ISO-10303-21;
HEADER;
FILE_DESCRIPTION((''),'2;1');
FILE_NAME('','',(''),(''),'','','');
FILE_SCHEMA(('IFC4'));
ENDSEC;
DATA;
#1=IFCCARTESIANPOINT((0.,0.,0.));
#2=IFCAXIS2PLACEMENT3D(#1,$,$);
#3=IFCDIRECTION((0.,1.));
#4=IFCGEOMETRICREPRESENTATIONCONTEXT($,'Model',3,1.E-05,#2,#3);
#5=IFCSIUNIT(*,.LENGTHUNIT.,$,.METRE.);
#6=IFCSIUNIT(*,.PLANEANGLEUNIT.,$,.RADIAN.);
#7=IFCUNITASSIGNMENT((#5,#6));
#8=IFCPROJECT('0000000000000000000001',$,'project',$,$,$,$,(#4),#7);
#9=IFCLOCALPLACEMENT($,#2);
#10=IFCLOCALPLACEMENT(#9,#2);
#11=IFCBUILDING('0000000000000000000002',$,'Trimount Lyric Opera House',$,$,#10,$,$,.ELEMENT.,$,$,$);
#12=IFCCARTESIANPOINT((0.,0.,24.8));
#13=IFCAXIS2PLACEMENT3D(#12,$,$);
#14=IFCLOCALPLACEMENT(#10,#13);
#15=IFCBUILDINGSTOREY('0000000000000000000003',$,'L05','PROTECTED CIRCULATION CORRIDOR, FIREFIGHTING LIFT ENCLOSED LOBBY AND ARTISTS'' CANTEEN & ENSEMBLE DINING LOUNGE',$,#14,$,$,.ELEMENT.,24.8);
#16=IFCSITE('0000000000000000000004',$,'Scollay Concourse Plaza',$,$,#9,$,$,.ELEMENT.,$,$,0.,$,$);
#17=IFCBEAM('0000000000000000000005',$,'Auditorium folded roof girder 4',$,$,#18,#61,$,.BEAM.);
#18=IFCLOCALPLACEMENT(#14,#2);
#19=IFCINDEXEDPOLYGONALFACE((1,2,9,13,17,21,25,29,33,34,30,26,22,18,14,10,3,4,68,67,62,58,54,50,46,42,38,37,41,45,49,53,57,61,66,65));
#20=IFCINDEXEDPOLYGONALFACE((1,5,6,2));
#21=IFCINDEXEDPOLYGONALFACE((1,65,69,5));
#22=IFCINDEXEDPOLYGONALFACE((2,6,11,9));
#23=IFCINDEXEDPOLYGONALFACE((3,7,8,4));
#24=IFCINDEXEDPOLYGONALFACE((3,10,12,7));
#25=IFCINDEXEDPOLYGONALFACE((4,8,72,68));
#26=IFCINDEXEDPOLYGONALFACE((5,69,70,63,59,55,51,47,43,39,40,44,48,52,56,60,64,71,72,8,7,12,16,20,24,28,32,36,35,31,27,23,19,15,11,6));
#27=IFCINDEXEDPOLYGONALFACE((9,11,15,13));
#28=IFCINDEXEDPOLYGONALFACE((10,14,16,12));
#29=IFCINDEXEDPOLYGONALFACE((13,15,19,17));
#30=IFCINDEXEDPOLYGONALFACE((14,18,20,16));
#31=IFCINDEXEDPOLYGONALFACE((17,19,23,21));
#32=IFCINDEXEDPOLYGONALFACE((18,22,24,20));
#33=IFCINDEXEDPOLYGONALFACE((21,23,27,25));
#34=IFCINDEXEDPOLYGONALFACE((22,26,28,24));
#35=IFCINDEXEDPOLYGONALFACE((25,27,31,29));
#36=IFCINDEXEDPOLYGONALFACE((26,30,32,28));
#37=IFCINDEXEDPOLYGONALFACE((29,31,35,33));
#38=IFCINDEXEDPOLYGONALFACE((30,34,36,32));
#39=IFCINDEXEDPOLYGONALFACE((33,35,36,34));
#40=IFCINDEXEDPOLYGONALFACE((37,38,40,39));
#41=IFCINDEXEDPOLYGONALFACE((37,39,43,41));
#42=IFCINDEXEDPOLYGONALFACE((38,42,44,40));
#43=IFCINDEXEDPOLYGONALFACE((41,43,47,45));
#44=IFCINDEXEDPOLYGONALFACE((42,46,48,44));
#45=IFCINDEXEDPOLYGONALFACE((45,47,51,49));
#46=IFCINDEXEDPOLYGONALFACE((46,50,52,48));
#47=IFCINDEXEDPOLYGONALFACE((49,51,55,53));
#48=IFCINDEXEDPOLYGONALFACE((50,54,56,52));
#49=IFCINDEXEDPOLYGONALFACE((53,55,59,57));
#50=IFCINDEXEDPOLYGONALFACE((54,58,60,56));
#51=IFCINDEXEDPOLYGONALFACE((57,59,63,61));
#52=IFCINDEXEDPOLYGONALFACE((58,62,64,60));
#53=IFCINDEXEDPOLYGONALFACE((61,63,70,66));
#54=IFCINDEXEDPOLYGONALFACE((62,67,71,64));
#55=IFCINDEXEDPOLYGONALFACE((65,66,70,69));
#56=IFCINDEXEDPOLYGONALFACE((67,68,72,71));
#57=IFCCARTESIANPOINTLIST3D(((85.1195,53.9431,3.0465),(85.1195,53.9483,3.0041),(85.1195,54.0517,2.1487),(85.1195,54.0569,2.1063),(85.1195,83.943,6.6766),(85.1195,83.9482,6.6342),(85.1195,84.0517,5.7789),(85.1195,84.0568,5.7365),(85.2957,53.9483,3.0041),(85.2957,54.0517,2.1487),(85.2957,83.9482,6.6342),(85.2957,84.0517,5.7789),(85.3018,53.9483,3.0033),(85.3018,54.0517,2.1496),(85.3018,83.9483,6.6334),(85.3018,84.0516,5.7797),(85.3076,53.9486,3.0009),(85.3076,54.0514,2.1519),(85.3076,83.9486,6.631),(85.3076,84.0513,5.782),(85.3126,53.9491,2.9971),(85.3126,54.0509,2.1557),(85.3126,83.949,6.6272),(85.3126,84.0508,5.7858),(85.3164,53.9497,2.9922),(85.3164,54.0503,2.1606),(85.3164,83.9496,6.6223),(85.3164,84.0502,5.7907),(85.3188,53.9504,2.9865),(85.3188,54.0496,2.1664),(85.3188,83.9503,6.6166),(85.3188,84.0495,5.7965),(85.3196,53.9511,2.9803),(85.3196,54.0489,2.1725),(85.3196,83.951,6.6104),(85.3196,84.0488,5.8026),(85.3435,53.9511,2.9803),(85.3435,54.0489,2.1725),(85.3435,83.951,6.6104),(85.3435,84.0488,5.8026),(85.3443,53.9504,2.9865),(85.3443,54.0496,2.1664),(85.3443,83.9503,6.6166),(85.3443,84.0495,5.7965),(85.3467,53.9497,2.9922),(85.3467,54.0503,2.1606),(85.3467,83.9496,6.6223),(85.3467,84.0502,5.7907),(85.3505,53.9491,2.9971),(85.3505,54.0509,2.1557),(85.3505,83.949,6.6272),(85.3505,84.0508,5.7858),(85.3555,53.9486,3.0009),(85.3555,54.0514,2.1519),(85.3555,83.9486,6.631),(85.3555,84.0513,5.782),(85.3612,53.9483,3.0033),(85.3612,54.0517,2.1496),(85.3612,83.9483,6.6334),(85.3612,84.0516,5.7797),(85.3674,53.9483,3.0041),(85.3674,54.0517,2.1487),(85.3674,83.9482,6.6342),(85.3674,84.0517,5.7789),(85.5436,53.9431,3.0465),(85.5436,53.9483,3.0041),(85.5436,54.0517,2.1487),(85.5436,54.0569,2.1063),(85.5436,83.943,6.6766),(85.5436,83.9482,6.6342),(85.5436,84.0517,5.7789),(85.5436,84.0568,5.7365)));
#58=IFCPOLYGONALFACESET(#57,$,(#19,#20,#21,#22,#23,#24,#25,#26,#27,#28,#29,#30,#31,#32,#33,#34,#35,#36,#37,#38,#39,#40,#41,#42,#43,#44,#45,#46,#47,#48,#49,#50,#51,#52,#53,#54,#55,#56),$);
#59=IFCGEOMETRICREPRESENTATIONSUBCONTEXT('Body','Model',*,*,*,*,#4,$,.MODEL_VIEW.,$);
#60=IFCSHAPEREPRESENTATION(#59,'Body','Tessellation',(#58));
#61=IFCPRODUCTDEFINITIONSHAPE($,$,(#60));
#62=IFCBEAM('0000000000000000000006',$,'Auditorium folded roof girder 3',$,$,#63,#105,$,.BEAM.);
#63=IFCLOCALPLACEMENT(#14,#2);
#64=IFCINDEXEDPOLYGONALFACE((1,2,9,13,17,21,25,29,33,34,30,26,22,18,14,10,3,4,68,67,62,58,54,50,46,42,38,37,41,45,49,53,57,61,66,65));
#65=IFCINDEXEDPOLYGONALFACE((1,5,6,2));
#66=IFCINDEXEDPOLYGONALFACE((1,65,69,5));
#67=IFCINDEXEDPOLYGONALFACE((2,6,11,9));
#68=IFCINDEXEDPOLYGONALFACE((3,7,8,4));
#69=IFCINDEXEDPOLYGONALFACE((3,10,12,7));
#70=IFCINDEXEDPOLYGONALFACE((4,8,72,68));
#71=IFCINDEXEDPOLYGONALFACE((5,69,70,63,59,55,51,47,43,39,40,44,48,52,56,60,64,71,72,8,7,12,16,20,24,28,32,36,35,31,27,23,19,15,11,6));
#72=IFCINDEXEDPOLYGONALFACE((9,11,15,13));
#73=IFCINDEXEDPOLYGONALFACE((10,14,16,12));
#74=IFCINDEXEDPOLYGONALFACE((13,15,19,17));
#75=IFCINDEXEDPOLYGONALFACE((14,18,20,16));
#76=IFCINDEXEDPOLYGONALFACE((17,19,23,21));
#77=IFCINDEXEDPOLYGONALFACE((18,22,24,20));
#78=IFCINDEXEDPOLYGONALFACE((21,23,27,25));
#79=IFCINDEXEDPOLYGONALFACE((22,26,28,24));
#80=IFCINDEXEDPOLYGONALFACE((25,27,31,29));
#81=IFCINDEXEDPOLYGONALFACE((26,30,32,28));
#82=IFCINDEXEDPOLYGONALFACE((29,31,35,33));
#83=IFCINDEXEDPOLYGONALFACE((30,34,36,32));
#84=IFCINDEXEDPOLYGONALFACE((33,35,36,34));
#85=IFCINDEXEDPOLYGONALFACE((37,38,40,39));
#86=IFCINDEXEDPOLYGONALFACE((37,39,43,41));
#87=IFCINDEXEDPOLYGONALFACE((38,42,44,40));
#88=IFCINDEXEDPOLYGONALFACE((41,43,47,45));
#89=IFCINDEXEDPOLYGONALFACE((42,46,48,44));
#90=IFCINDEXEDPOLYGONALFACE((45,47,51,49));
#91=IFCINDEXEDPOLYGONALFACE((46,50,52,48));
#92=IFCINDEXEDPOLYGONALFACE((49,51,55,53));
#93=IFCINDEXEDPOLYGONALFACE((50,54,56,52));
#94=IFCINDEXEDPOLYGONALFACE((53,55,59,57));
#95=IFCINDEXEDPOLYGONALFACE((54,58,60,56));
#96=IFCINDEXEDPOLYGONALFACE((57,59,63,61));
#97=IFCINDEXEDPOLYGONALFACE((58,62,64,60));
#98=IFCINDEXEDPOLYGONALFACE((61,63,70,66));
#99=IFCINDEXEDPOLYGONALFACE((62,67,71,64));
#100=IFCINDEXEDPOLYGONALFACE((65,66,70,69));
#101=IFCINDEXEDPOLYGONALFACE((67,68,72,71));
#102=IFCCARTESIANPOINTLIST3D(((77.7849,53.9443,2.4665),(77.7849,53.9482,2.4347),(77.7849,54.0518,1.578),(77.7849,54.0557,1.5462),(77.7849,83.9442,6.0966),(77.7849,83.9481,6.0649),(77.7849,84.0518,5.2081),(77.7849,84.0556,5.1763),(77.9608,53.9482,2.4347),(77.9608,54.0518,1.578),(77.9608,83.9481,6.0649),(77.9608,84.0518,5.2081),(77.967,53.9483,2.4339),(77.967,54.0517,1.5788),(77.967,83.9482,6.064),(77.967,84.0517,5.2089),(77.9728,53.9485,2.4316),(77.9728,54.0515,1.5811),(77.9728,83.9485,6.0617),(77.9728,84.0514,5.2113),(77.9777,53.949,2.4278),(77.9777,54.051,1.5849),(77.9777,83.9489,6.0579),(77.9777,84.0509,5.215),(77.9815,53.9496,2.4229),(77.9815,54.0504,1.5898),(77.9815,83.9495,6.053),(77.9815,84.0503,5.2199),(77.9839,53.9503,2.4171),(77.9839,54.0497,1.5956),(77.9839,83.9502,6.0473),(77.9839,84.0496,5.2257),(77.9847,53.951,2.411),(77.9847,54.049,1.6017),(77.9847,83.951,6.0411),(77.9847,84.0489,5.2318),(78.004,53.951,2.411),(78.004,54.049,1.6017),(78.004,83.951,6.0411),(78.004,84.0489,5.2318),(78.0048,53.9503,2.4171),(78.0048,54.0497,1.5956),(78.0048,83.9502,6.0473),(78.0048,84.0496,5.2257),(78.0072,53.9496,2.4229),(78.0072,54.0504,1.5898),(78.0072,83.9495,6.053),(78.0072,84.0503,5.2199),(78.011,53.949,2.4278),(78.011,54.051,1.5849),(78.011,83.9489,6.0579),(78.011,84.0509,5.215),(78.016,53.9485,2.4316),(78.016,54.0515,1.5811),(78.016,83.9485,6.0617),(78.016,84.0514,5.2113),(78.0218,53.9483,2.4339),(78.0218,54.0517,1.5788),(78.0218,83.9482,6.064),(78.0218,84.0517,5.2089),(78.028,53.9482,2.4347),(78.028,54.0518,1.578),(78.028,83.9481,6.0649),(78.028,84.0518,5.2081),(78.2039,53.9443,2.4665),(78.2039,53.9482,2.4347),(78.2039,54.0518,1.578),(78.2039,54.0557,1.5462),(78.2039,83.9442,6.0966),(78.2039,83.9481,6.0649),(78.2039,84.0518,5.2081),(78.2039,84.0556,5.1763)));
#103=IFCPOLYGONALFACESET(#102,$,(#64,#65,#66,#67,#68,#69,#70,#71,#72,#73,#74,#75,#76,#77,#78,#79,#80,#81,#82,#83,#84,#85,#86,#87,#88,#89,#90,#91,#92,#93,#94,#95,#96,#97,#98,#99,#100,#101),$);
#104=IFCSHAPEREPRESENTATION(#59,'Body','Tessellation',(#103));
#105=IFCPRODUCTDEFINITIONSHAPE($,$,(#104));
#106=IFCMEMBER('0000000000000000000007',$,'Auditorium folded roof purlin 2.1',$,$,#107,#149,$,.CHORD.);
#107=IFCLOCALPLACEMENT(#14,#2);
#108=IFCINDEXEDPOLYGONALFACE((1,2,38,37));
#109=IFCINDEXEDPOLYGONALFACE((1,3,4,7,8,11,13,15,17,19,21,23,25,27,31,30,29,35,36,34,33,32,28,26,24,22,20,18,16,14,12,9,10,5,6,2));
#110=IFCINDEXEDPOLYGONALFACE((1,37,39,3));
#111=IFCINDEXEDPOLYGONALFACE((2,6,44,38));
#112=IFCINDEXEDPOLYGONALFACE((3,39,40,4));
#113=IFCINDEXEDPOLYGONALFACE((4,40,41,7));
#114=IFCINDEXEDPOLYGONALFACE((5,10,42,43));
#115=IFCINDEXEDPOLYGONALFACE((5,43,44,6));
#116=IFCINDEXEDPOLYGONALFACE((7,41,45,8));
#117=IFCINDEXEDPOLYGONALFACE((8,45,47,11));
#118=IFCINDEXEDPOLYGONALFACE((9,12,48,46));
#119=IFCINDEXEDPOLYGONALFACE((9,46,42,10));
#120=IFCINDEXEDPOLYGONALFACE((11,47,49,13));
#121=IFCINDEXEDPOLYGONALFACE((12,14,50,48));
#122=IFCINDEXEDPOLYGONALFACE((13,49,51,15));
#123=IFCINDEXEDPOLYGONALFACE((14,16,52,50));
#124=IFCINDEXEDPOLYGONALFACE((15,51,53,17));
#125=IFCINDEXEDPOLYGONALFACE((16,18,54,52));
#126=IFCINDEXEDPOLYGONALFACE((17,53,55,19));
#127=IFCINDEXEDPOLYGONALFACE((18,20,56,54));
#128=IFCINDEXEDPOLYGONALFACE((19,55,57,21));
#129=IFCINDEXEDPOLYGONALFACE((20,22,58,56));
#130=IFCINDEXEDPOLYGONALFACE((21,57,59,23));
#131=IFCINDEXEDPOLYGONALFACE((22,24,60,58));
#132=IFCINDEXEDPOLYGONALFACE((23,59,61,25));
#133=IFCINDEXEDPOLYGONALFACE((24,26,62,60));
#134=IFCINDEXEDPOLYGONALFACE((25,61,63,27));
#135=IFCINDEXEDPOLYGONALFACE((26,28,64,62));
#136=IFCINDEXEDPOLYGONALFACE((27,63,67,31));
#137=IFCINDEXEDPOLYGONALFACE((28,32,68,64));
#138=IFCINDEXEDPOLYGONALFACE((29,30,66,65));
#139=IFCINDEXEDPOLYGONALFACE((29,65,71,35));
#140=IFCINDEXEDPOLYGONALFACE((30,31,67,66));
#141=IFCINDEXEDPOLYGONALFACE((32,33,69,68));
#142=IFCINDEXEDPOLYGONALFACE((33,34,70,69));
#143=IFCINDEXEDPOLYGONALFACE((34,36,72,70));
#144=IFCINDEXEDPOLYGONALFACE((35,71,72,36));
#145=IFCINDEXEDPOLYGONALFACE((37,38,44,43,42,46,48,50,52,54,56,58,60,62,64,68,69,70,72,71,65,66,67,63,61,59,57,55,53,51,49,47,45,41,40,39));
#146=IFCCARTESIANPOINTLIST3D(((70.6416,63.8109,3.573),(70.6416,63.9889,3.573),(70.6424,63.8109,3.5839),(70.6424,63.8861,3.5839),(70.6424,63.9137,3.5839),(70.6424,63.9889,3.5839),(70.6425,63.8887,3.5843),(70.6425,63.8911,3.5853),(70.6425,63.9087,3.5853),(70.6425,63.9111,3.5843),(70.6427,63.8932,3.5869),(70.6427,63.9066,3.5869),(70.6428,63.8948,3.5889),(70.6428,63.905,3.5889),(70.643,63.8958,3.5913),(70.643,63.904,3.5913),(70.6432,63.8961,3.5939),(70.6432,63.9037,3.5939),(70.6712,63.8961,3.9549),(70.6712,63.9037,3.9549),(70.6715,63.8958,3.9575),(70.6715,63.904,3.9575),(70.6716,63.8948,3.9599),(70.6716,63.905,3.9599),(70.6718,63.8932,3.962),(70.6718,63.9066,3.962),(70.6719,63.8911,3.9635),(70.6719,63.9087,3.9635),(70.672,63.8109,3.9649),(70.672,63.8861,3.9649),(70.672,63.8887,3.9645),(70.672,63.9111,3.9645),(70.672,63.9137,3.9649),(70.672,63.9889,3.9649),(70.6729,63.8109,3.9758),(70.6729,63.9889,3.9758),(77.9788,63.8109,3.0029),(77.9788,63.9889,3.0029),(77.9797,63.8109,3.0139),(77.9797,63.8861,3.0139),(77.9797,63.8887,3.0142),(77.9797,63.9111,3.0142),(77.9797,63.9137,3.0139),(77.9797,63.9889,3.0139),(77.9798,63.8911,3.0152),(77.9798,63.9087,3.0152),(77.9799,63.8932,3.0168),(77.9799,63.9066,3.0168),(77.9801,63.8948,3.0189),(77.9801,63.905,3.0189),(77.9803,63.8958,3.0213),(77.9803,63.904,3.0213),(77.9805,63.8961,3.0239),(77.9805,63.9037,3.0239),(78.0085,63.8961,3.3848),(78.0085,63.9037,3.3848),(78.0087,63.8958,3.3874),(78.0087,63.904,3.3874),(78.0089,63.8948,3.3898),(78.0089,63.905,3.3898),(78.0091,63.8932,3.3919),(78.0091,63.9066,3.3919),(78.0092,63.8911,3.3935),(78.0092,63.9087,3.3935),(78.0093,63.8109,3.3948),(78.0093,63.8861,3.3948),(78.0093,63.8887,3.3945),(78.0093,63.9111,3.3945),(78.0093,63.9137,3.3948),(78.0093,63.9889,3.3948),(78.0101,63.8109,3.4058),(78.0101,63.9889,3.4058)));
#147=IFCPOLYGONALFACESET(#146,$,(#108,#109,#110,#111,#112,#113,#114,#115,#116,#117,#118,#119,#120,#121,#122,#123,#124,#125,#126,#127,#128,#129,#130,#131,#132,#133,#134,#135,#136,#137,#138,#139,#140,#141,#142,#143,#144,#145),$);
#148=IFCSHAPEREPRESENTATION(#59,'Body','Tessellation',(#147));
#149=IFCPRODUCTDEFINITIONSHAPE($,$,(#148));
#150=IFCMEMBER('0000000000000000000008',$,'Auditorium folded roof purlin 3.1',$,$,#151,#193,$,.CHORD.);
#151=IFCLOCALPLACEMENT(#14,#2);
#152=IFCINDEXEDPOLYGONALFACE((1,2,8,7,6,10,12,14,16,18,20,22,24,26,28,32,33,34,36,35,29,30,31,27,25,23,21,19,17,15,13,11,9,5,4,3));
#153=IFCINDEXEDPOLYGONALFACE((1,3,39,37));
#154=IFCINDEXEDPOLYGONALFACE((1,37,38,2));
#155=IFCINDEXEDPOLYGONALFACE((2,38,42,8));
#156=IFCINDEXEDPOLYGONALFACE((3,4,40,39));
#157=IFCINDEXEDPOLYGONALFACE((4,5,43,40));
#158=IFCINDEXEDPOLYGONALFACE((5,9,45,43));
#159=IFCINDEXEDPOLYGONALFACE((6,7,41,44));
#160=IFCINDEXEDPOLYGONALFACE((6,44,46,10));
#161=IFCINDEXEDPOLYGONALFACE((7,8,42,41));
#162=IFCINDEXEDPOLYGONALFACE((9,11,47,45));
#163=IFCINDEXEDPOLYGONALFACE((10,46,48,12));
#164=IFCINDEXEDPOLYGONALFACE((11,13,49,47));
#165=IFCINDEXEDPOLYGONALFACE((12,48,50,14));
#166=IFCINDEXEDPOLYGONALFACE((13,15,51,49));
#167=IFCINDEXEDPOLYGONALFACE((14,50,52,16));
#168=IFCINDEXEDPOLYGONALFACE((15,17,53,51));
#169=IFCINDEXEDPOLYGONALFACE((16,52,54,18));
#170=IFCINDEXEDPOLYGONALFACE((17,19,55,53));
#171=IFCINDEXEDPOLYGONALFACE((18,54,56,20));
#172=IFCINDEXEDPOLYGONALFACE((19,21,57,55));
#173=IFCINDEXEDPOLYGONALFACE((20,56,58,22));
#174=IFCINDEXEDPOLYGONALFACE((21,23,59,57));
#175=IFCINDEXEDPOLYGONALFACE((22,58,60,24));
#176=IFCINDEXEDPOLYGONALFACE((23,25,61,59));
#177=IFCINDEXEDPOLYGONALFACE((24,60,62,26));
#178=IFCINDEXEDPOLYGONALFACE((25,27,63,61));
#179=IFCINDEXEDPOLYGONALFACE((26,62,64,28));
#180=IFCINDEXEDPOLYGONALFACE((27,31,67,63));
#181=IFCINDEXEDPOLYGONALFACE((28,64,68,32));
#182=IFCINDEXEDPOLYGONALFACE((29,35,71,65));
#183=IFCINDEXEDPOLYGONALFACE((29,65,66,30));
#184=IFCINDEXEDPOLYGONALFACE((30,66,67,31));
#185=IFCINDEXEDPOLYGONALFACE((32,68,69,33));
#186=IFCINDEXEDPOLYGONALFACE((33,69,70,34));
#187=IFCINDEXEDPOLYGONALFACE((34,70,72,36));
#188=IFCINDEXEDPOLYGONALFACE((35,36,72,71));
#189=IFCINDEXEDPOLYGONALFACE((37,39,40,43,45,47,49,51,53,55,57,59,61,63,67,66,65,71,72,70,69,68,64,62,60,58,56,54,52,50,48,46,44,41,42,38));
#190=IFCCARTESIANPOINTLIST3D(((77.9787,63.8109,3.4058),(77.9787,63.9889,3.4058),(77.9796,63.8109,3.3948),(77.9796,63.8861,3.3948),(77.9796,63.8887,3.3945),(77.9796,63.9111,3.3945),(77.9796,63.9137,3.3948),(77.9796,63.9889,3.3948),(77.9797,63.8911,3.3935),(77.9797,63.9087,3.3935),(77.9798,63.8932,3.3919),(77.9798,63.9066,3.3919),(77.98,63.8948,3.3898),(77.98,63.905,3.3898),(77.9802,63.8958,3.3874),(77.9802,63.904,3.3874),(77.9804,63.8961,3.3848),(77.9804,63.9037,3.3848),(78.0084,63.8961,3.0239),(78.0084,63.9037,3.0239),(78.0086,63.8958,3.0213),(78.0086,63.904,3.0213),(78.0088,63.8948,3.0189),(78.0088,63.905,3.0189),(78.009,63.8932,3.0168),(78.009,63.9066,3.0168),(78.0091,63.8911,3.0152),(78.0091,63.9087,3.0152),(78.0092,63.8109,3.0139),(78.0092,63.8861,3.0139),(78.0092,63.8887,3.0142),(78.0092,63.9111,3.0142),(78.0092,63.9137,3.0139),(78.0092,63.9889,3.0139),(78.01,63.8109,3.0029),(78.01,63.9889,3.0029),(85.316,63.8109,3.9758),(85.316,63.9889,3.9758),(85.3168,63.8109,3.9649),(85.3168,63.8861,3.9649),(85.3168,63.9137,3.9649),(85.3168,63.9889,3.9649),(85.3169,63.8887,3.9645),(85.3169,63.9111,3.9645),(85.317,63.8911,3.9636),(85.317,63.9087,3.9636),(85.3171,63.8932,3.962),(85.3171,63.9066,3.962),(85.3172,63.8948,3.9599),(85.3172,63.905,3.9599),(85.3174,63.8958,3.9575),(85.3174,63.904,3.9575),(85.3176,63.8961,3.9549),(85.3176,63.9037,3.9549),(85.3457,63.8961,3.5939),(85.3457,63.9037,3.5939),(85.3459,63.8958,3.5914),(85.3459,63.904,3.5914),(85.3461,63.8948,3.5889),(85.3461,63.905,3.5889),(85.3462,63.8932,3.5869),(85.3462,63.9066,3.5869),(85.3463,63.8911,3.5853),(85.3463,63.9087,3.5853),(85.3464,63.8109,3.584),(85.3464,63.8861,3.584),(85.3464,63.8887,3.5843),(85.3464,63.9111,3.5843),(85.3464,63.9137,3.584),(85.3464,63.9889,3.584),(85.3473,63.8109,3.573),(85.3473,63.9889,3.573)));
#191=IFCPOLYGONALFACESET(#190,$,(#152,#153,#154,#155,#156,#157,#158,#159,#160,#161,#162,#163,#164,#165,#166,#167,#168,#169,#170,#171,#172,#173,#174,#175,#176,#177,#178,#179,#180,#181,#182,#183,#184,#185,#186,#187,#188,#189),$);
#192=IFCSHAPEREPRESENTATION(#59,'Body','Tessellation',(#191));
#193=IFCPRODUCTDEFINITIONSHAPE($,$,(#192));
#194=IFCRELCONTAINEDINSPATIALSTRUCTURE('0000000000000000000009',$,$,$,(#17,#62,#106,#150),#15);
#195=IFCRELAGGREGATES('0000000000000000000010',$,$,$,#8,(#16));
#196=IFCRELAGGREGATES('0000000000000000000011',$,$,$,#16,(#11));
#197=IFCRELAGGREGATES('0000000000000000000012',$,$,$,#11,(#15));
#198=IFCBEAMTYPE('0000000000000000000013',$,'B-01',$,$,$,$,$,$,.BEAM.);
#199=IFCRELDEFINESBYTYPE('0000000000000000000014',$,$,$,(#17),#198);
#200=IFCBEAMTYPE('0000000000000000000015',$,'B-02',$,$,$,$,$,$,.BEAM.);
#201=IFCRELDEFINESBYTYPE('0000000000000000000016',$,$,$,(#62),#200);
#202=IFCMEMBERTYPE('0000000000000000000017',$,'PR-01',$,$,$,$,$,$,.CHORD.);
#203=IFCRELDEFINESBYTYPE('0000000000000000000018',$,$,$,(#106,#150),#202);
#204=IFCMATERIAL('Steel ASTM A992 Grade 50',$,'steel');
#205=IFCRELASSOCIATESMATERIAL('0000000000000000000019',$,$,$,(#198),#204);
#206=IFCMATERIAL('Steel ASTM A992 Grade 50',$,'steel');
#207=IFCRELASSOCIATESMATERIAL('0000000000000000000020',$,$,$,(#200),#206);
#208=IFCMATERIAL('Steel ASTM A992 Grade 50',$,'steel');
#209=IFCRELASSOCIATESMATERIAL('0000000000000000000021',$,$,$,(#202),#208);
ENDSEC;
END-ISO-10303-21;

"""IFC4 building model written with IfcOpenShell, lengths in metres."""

from ifc_helpers import new_model, si_unit, direction, frame, origin, origin_2d, place, context, subcontext, project, spatial, i_section, extrude, material, material_profile, profile_set, type_object, element, save


model = new_model("IFC4")

# Units and contexts
model_context = context("Model", 3, precision=1e-05, world=origin(), true_north=direction((0.0, 1.0)))
body_context = subcontext(model_context, "Body", "Model", "MODEL_VIEW")
ifc_project = project(units=[si_unit("LENGTHUNIT", "METRE"), si_unit("PLANEANGLEUNIT", "RADIAN")], contexts=[model_context])

# Site, building, storey
site_placement = place(None, origin())
site = spatial("IfcSite", under=ifc_project, at=site_placement, Name="Scollay Concourse Plaza", CompositionType="ELEMENT", RefElevation=0.0)
building_placement = place(site_placement, origin())
building = spatial("IfcBuilding", under=site, at=building_placement, Name="Trimount Lyric Opera House", CompositionType="ELEMENT")
storey_placement = place(building_placement, frame((0.0, 0.0, 24.8)))
storey = spatial("IfcBuildingStorey", under=building, at=storey_placement, Name="L05", Description="PROTECTED CIRCULATION CORRIDOR, FIREFIGHTING LIFT ENCLOSED LOBBY AND ARTISTS' CANTEEN & ENSEMBLE DINING LOUNGE", CompositionType="ELEMENT", Elevation=24.8)

# Beams
ifc_material_1 = material(Name="Steel ASTM A992 Grade 50", Category="steel")
ifc_material_profile_1 = material_profile(ifc_material_1, i_section(OverallWidth=0.4241, OverallDepth=0.947, WebThickness=0.0239, FlangeThickness=0.0427, FilletRadius=0.0239, at=origin_2d()), Name="W36X302")
ifc_profile_set_1 = profile_set([ifc_material_profile_1], Name="Steel ASTM A992 Grade 50")
beam_type_1 = type_object("IfcBeamType", Name="B-01", PredefinedType="BEAM", material=ifc_profile_set_1)
for number, where, z_axis, x_axis, name in (
    (1, (85.3315, 54.0, 2.5764), (0.0, 0.992758, 0.120128), (-1.0, 0.0, 0.0), "Auditorium folded roof girder 4"),
):
    element("IfcBeam", number, at=place(storey_placement, frame(where, z_axis=z_axis, x_axis=x_axis)), inside=storey, type_object=beam_type_1, Name=name, PredefinedType="BEAM", context=body_context, shape_type="SweptSolid", body=[
        extrude(i_section(OverallWidth=0.4241, OverallDepth=0.947, WebThickness=0.0239, FlangeThickness=0.0427, FilletRadius=0.0239, at=origin_2d()), origin(), (0.0, 0.0, 1.0), 30.2188),
    ])
ifc_material_2 = material(Name="Steel ASTM A992 Grade 50", Category="steel")
ifc_material_profile_2 = material_profile(ifc_material_2, i_section(OverallWidth=0.4189, OverallDepth=0.927, WebThickness=0.0193, FlangeThickness=0.032, FilletRadius=0.0239, at=origin_2d()), Name="W36X231")
ifc_profile_set_2 = profile_set([ifc_material_profile_2], Name="Steel ASTM A992 Grade 50")
beam_type_2 = type_object("IfcBeamType", Name="B-02", PredefinedType="BEAM", material=ifc_profile_set_2)
beam_1_placement = place(storey_placement, frame((77.9944, 54.0, 2.0063), z_axis=(0.0, 0.992758, 0.120128), x_axis=(-1.0, 0.0, 0.0)))
element("IfcBeam", 2, at=beam_1_placement, inside=storey, type_object=beam_type_2, Name="Auditorium folded roof girder 3", PredefinedType="BEAM", context=body_context, shape_type="SweptSolid", body=[
    extrude(i_section(OverallWidth=0.4189, OverallDepth=0.927, WebThickness=0.0193, FlangeThickness=0.032, FilletRadius=0.0239, at=origin_2d()), origin(), (0.0, 0.0, 1.0), 30.2188),
])

# Members
ifc_material_3 = material(Name="Steel ASTM A992 Grade 50", Category="steel")
ifc_material_profile_3 = material_profile(ifc_material_3, i_section(OverallWidth=0.178, OverallDepth=0.4041, WebThickness=0.0076, FlangeThickness=0.011, FilletRadius=0.01, at=origin_2d()), Name="W16X36")
ifc_profile_set_3 = profile_set([ifc_material_profile_3], Name="Steel ASTM A992 Grade 50")
member_type_1 = type_object("IfcMemberType", Name="PR-01", PredefinedType="CHORD", material=ifc_profile_set_3)
for number, where, z_axis, x_axis, name in (
    (3, (70.6572, 63.8999, 3.7744), (0.996995, 0.0, -0.077463), (0.0, 1.0, 0.0), "Auditorium folded roof purlin 2.1"),
    (4, (77.9944, 63.8999, 3.2043), (0.996995, 0.0, 0.077463), (0.0, 1.0, 0.0), "Auditorium folded roof purlin 3.1"),
):
    element("IfcMember", number, at=place(storey_placement, frame(where, z_axis=z_axis, x_axis=x_axis)), inside=storey, type_object=member_type_1, Name=name, PredefinedType="CHORD", context=body_context, shape_type="SweptSolid", body=[
        extrude(i_section(OverallWidth=0.178, OverallDepth=0.4041, WebThickness=0.0076, FlangeThickness=0.011, FilletRadius=0.01, at=origin_2d()), origin(), (0.0, 0.0, 1.0), 7.3594),
    ])

save(model, "model.ifc")
